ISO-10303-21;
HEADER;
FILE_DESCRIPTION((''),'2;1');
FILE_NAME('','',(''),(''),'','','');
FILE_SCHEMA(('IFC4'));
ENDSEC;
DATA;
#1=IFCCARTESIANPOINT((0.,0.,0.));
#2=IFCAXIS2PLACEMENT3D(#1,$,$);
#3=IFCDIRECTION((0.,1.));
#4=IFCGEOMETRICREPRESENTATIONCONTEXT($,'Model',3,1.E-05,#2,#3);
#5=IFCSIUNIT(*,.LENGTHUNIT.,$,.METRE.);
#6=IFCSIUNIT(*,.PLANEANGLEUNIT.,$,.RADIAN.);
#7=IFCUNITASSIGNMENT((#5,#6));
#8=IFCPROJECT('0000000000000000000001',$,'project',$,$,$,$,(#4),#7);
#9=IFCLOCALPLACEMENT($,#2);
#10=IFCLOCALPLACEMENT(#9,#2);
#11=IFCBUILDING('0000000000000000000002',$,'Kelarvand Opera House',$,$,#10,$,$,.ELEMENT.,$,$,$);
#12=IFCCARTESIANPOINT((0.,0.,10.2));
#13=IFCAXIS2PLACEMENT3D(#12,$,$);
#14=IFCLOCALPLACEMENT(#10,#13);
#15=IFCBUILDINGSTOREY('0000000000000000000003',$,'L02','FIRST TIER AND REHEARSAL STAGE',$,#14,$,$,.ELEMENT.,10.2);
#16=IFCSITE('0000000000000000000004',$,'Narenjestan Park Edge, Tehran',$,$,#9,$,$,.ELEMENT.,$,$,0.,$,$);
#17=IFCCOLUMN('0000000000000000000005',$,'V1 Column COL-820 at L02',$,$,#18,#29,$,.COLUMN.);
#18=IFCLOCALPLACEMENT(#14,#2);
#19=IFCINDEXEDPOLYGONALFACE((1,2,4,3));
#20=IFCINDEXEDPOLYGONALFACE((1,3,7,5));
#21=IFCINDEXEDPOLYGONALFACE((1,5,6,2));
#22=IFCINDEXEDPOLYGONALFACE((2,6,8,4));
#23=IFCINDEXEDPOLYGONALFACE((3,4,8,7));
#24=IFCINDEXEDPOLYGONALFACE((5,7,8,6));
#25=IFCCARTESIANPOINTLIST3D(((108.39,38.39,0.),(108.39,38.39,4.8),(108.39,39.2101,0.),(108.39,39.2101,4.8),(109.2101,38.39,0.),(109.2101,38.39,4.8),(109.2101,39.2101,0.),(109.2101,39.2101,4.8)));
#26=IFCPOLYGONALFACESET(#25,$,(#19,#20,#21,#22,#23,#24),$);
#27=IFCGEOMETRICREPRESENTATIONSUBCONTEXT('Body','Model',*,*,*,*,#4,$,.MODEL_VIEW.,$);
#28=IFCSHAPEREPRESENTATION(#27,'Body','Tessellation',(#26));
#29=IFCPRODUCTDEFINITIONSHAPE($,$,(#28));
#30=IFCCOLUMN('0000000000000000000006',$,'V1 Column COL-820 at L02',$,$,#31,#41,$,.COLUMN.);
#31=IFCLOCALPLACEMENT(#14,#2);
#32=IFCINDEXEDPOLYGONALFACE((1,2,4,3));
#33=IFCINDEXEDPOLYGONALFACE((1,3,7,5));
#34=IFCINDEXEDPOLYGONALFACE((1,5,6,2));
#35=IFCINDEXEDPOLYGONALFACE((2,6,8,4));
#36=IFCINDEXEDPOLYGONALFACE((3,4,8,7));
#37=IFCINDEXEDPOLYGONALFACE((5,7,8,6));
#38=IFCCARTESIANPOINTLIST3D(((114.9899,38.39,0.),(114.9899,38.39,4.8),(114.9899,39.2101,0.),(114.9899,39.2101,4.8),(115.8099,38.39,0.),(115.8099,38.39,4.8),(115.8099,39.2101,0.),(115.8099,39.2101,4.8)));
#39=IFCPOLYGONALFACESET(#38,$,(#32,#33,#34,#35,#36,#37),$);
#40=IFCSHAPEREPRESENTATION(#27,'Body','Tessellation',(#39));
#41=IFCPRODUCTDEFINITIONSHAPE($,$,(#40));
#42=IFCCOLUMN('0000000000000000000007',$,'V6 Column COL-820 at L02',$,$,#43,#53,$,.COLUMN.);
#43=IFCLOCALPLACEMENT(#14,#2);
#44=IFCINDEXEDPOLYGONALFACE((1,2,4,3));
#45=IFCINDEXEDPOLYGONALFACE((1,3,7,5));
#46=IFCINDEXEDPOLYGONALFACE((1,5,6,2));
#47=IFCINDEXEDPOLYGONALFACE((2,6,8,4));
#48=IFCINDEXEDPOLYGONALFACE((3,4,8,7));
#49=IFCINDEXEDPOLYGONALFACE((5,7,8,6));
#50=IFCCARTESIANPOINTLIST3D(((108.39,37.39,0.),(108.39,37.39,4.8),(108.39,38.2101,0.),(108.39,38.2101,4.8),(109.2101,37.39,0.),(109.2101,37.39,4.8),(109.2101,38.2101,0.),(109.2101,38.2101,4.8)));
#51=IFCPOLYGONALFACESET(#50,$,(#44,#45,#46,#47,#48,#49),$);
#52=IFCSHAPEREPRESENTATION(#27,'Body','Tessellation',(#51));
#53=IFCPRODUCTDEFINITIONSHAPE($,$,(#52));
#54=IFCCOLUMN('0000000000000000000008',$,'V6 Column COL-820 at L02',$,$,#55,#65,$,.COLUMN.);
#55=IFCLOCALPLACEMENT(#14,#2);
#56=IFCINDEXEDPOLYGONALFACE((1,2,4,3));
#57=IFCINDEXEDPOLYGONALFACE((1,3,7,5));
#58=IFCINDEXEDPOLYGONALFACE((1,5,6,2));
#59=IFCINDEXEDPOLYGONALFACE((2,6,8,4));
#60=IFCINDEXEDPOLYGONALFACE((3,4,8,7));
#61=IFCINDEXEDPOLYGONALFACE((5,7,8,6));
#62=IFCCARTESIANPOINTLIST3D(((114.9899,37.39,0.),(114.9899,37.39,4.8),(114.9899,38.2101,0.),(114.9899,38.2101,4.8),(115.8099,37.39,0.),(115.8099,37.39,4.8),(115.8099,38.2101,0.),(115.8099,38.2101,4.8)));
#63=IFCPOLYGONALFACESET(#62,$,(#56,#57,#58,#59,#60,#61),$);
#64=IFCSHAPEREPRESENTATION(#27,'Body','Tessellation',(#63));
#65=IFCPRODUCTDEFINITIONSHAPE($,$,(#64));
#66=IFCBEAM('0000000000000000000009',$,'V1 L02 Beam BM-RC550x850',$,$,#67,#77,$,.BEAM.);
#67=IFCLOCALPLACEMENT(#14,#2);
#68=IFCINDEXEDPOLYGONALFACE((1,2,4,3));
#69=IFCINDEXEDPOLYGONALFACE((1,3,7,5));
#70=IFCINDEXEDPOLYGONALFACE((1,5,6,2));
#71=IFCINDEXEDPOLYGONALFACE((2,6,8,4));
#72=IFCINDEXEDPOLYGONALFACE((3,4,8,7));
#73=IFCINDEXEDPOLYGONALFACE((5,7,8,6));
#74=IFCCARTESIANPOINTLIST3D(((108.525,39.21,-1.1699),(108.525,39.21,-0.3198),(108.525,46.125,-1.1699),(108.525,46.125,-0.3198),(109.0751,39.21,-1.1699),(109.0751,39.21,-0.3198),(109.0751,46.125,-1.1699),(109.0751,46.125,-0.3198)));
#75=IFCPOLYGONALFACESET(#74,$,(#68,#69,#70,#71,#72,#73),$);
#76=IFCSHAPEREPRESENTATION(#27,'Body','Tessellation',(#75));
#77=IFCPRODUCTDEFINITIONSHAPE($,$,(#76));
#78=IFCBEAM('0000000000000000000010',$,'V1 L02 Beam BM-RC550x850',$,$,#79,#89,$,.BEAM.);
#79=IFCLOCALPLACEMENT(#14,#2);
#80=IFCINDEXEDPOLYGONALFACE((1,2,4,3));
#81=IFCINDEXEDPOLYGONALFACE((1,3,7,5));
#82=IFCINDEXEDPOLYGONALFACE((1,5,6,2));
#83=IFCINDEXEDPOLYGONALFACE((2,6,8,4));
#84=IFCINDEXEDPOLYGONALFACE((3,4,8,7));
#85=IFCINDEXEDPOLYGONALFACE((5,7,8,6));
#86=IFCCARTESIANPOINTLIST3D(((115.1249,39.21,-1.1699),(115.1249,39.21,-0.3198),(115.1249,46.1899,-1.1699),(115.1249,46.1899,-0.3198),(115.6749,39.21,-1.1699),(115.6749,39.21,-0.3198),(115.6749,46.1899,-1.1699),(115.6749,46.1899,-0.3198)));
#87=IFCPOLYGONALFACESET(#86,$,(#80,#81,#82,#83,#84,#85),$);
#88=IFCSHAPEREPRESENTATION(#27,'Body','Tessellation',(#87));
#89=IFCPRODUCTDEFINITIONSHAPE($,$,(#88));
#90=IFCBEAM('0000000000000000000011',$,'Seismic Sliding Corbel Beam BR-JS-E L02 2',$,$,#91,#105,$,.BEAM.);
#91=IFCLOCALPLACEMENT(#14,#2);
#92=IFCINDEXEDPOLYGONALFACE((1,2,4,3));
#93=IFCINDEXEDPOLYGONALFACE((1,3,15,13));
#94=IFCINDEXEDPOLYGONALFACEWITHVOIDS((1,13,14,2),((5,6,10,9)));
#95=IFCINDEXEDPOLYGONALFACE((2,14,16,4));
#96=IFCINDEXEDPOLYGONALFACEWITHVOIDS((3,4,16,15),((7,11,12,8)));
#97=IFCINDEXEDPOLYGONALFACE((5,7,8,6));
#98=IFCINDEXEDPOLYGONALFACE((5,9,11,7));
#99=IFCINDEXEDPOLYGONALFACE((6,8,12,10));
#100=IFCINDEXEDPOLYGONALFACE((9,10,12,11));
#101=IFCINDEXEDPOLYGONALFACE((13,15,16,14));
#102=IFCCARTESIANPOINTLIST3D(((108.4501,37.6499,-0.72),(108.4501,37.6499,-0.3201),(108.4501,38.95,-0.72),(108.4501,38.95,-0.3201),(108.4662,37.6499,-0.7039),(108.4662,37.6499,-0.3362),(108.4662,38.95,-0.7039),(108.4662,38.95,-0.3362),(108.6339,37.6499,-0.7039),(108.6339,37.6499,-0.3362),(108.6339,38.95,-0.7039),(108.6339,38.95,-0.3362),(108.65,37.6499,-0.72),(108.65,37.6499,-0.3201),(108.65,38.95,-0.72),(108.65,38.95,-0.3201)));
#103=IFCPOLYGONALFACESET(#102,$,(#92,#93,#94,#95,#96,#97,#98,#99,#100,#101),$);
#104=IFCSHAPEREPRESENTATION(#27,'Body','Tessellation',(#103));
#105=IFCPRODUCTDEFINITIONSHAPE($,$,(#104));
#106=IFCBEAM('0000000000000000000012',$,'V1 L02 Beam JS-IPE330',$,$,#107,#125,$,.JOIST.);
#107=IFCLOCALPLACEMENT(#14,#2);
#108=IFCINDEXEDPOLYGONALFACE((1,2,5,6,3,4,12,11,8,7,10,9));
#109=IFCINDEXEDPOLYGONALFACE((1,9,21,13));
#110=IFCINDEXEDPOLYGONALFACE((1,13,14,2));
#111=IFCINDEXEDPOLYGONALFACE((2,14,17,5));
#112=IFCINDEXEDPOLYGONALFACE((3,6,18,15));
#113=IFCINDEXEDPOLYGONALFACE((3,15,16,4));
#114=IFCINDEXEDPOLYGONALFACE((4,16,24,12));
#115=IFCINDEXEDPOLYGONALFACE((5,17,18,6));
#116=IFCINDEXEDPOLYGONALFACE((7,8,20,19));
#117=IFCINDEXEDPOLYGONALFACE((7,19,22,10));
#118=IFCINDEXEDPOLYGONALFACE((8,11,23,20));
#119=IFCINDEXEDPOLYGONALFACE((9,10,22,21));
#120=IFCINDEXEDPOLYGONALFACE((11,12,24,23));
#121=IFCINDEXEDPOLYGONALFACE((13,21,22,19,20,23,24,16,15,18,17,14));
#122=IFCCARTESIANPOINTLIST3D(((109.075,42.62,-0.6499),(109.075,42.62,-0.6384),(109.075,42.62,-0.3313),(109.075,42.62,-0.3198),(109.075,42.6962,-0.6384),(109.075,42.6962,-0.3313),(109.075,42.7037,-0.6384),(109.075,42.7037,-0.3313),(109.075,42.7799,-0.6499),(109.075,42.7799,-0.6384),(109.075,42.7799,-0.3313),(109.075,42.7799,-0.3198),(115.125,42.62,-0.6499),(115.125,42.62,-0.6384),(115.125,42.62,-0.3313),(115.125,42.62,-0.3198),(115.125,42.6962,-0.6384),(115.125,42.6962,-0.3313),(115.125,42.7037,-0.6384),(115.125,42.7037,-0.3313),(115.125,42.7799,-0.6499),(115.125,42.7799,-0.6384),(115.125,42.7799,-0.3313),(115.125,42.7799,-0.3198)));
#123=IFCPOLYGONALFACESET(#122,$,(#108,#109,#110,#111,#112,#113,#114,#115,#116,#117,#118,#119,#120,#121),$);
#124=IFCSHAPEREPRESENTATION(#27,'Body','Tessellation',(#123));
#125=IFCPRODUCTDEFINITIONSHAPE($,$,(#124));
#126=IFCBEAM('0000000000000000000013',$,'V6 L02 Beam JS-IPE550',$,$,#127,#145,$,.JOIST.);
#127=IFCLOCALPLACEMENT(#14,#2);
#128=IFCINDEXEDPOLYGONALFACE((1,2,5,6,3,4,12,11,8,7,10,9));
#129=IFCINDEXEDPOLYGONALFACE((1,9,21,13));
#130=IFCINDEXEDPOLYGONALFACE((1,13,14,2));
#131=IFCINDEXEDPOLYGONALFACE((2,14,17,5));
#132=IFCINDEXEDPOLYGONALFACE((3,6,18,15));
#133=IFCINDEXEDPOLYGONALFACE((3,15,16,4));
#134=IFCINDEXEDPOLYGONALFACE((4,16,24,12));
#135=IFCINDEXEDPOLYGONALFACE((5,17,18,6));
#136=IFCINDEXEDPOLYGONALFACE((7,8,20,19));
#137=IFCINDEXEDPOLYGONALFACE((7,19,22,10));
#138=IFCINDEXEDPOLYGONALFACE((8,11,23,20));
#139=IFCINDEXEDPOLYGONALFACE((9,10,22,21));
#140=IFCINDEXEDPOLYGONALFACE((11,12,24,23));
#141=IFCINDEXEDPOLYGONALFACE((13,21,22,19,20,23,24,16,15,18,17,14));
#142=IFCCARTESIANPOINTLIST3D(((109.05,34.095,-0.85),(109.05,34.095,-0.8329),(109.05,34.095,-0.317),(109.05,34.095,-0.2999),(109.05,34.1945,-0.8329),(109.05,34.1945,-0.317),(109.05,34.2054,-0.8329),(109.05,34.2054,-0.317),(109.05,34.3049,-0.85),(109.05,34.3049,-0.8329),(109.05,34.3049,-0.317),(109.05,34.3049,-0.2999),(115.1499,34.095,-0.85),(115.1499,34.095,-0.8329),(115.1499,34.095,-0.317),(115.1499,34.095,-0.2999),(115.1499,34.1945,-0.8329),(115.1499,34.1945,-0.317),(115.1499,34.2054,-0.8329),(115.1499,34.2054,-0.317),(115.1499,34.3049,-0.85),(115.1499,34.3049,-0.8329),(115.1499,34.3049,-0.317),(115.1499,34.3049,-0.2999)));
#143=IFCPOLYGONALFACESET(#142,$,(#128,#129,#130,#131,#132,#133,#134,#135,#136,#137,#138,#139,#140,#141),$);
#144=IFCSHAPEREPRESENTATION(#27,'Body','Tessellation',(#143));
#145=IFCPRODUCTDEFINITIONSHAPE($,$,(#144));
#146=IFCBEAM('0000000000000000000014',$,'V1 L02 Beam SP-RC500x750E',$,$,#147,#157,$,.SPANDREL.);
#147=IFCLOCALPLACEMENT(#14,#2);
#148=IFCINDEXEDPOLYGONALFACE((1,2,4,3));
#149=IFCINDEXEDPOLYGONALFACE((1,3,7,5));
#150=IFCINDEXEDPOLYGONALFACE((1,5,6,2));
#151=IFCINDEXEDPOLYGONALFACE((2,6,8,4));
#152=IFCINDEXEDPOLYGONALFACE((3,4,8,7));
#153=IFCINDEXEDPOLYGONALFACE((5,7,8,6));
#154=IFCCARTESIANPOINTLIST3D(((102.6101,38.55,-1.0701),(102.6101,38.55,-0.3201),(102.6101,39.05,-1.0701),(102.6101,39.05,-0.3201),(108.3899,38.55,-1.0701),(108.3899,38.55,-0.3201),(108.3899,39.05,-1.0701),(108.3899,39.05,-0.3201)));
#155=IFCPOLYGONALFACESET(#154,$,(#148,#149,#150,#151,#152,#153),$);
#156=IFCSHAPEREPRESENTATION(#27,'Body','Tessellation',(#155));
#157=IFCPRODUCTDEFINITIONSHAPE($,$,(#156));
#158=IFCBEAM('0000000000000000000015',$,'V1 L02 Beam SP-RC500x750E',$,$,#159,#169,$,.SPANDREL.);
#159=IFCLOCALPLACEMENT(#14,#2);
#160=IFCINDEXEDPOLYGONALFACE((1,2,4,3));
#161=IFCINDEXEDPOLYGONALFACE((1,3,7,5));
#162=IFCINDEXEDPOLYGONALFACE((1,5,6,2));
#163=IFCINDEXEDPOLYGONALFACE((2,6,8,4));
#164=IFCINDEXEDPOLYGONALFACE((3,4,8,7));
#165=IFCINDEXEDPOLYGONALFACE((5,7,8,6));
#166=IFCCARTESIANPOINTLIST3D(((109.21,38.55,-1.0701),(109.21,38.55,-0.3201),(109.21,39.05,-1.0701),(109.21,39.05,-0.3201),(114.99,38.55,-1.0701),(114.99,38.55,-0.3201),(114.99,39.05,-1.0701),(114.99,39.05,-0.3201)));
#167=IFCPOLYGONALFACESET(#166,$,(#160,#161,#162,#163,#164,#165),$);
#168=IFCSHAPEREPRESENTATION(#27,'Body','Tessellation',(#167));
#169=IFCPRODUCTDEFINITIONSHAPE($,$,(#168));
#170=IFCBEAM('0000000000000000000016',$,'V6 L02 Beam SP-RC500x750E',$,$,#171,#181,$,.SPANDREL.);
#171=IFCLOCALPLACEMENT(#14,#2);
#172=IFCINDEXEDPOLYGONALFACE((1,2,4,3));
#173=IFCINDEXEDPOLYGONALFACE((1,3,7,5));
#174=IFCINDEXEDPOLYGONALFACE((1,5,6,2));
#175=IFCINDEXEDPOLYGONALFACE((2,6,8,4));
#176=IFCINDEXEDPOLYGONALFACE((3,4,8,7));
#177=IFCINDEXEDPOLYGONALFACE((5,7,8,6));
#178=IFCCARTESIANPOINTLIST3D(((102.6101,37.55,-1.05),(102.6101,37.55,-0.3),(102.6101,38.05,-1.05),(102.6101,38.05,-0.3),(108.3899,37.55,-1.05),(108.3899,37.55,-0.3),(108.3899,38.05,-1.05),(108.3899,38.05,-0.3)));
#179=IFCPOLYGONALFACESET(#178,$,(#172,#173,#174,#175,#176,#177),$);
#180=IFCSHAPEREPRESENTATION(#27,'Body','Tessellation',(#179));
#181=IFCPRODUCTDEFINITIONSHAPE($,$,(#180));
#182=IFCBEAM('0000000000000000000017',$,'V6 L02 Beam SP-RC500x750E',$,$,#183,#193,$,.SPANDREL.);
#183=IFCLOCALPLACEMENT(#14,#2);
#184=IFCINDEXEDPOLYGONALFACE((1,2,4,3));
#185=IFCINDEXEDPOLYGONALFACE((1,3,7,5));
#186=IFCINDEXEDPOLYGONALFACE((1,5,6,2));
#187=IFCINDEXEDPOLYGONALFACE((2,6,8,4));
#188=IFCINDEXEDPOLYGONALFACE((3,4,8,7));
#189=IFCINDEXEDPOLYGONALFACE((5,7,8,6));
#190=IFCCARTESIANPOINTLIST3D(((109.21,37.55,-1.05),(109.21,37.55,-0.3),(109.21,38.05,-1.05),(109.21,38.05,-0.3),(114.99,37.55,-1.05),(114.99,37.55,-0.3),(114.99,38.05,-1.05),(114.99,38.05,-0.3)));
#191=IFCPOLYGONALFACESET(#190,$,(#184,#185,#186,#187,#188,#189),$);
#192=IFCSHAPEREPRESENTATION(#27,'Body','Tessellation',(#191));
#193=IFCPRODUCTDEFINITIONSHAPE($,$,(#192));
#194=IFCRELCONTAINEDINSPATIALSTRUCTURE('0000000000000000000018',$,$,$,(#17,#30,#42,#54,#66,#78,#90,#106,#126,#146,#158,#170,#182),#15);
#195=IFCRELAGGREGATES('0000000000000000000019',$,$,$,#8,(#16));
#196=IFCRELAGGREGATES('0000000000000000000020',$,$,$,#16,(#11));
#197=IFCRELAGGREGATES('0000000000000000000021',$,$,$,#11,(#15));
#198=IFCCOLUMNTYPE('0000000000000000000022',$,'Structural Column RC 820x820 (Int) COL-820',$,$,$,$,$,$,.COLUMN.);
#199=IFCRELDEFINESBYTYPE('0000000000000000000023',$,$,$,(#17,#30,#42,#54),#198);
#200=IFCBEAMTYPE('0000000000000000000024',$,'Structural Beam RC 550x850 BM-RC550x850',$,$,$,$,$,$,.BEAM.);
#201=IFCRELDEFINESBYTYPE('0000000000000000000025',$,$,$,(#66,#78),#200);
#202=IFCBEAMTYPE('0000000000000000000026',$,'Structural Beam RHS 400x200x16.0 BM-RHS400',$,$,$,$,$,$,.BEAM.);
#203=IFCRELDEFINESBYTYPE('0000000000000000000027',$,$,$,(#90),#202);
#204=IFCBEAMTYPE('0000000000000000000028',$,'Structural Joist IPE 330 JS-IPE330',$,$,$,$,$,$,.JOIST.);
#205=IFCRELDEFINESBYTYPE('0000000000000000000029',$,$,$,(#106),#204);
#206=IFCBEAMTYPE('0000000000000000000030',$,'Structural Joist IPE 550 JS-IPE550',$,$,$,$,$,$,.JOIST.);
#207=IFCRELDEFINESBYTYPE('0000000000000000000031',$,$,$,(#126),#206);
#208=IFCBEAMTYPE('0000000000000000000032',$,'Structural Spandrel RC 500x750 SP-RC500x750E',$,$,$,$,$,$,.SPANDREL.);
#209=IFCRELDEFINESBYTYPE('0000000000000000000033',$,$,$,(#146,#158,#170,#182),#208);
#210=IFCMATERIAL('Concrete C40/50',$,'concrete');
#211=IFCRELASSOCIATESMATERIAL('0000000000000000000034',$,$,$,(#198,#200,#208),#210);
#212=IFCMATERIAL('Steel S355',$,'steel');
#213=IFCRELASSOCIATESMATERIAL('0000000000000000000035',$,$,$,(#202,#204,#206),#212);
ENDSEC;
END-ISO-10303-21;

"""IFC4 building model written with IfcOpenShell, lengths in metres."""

from ifc_helpers import new_model, si_unit, direction, frame, origin, origin_2d, place, context, subcontext, project, spatial, rectangle, hollow_rectangle, i_section, extrude, material, material_profile, profile_set, type_object, element, save


model = new_model("IFC4")

# Units and contexts
model_context = context("Model", 3, precision=1e-05, world=origin(), true_north=direction((0.0, 1.0)))
body_context = subcontext(model_context, "Body", "Model", "MODEL_VIEW")
ifc_project = project(units=[si_unit("LENGTHUNIT", "METRE"), si_unit("PLANEANGLEUNIT", "RADIAN")], contexts=[model_context])

# Site, building, storey
site_placement = place(None, origin())
site = spatial("IfcSite", under=ifc_project, at=site_placement, Name="Narenjestan Park Edge, Tehran", CompositionType="ELEMENT", RefElevation=0.0)
building_placement = place(site_placement, origin())
building = spatial("IfcBuilding", under=site, at=building_placement, Name="Kelarvand Opera House", CompositionType="ELEMENT")
storey_placement = place(building_placement, frame((0.0, 0.0, 10.2)))
storey = spatial("IfcBuildingStorey", under=building, at=storey_placement, Name="L02", Description="FIRST TIER AND REHEARSAL STAGE", CompositionType="ELEMENT", Elevation=10.2)

# Columns
ifc_material_1 = material(Name="Concrete C40/50", Category="concrete")
ifc_material_profile_1 = material_profile(ifc_material_1, rectangle(XDim=0.8201, YDim=0.8201, at=origin_2d()), Name="RC 820x820", Category="concrete")
ifc_profile_set_1 = profile_set([ifc_material_profile_1], Name="Concrete C40/50")
column_type = type_object("IfcColumnType", Name="Structural Column RC 820x820 (Int) COL-820", PredefinedType="COLUMN", material=ifc_profile_set_1)
for number, where, z_axis, x_axis, name in (
    (1, (108.8, 38.8, 0.0), (0.0, 0.0, 1.0), (1.0, 0.0, 0.0), "V1 Column COL-820 at L02"),
    (2, (115.3999, 38.8, 0.0), (0.0, 0.0, 1.0), (1.0, 0.0, 0.0), "V1 Column COL-820 at L02"),
    (3, (108.8, 37.8, 0.0), (0.0, 0.0, 1.0), (1.0, 0.0, 0.0), "V6 Column COL-820 at L02"),
    (4, (115.3999, 37.8, 0.0), (0.0, 0.0, 1.0), (1.0, 0.0, 0.0), "V6 Column COL-820 at L02"),
):
    element("IfcColumn", number, at=place(storey_placement, frame(where, z_axis=z_axis, x_axis=x_axis)), inside=storey, type_object=column_type, Name=name, PredefinedType="COLUMN", context=body_context, shape_type="SweptSolid", body=[
        extrude(rectangle(XDim=0.8201, YDim=0.8201, at=origin_2d()), origin(), (0.0, 0.0, 1.0), 4.8),
    ])

# Beams
ifc_material_profile_2 = material_profile(ifc_material_1, rectangle(XDim=0.55, YDim=0.8501, at=origin_2d()), Name="RC 550x850", Category="concrete")
ifc_profile_set_2 = profile_set([ifc_material_profile_2], Name="Concrete C40/50")
beam_type_1 = type_object("IfcBeamType", Name="Structural Beam RC 550x850 BM-RC550x850", PredefinedType="BEAM", material=ifc_profile_set_2)
beam_1_placement = place(storey_placement, frame((108.8, 39.21, -0.7449), z_axis=(0.0, 1.0, 0.0), x_axis=(-1.0, 0.0, 0.0)))
element("IfcBeam", 5, at=beam_1_placement, inside=storey, type_object=beam_type_1, Name="V1 L02 Beam BM-RC550x850", PredefinedType="BEAM", context=body_context, shape_type="SweptSolid", body=[
    extrude(rectangle(XDim=0.55, YDim=0.8501, at=origin_2d()), origin(), (0.0, 0.0, 1.0), 6.915),
])
beam_2_placement = place(storey_placement, frame((115.3999, 39.21, -0.7449), z_axis=(0.0, 1.0, 0.0), x_axis=(-1.0, 0.0, 0.0)))
element("IfcBeam", 6, at=beam_2_placement, inside=storey, type_object=beam_type_1, Name="V1 L02 Beam BM-RC550x850", PredefinedType="BEAM", context=body_context, shape_type="SweptSolid", body=[
    extrude(rectangle(XDim=0.55, YDim=0.8501, at=origin_2d()), origin(), (0.0, 0.0, 1.0), 6.98),
])
ifc_material_2 = material(Name="Steel S355", Category="steel")
ifc_material_profile_3 = material_profile(ifc_material_2, hollow_rectangle(XDim=0.2, YDim=0.3999, WallThickness=0.0161, at=origin_2d()), Name="RHS 400x200x16.0", Category="steel")
ifc_profile_set_3 = profile_set([ifc_material_profile_3], Name="Steel S355")
beam_type_2 = type_object("IfcBeamType", Name="Structural Beam RHS 400x200x16.0 BM-RHS400", PredefinedType="BEAM", material=ifc_profile_set_3)
beam_3_placement = place(storey_placement, frame((108.55, 37.6499, -0.52), z_axis=(0.0, 1.0, 0.0), x_axis=(-1.0, 0.0, 0.0)))
element("IfcBeam", 7, at=beam_3_placement, inside=storey, type_object=beam_type_2, Name="Seismic Sliding Corbel Beam BR-JS-E L02 2", PredefinedType="BEAM", context=body_context, shape_type="SweptSolid", body=[
    extrude(hollow_rectangle(XDim=0.2, YDim=0.3999, WallThickness=0.0161, at=origin_2d()), origin(), (0.0, 0.0, 1.0), 1.3),
])
ifc_material_profile_4 = material_profile(ifc_material_2, i_section(OverallWidth=0.1599, OverallDepth=0.3301, WebThickness=0.0076, FlangeThickness=0.0115, at=origin_2d()), Name="IPE 330", Category="steel")
ifc_profile_set_4 = profile_set([ifc_material_profile_4], Name="Steel S355")
beam_type_3 = type_object("IfcBeamType", Name="Structural Joist IPE 330 JS-IPE330", PredefinedType="JOIST", material=ifc_profile_set_4)
beam_4_placement = place(storey_placement, frame((109.075, 42.7, -0.4849), z_axis=(1.0, 0.0, 0.0), x_axis=(0.0, 1.0, 0.0)))
element("IfcBeam", 8, at=beam_4_placement, inside=storey, type_object=beam_type_3, Name="V1 L02 Beam JS-IPE330", PredefinedType="JOIST", context=body_context, shape_type="SweptSolid", body=[
    extrude(i_section(OverallWidth=0.1599, OverallDepth=0.3301, WebThickness=0.0076, FlangeThickness=0.0115, at=origin_2d()), origin(), (0.0, 0.0, 1.0), 6.05),
])
ifc_material_profile_5 = material_profile(ifc_material_2, i_section(OverallWidth=0.21, OverallDepth=0.55, WebThickness=0.011, FlangeThickness=0.0171, at=origin_2d()), Name="IPE 550", Category="steel")
ifc_profile_set_5 = profile_set([ifc_material_profile_5], Name="Steel S355")
beam_type_4 = type_object("IfcBeamType", Name="Structural Joist IPE 550 JS-IPE550", PredefinedType="JOIST", material=ifc_profile_set_5)
beam_5_placement = place(storey_placement, frame((109.05, 34.2, -0.575), z_axis=(1.0, 0.0, 0.0), x_axis=(0.0, 1.0, 0.0)))
element("IfcBeam", 9, at=beam_5_placement, inside=storey, type_object=beam_type_4, Name="V6 L02 Beam JS-IPE550", PredefinedType="JOIST", context=body_context, shape_type="SweptSolid", body=[
    extrude(i_section(OverallWidth=0.21, OverallDepth=0.55, WebThickness=0.011, FlangeThickness=0.0171, at=origin_2d()), origin(), (0.0, 0.0, 1.0), 6.0999),
])
ifc_material_profile_6 = material_profile(ifc_material_1, rectangle(XDim=0.5, YDim=0.75, at=origin_2d()), Name="RC 500x750", Category="concrete")
ifc_profile_set_6 = profile_set([ifc_material_profile_6], Name="Concrete C40/50")
beam_type_5 = type_object("IfcBeamType", Name="Structural Spandrel RC 500x750 SP-RC500x750E", PredefinedType="SPANDREL", material=ifc_profile_set_6)
beam_6_placement = place(storey_placement, frame((102.6101, 38.8, -0.6951), z_axis=(1.0, 0.0, 0.0), x_axis=(0.0, 1.0, 0.0)))
element("IfcBeam", 10, at=beam_6_placement, inside=storey, type_object=beam_type_5, Name="V1 L02 Beam SP-RC500x750E", PredefinedType="SPANDREL", context=body_context, shape_type="SweptSolid", body=[
    extrude(rectangle(XDim=0.5, YDim=0.75, at=origin_2d()), origin(), (0.0, 0.0, 1.0), 5.7798),
])
beam_7_placement = place(storey_placement, frame((109.21, 38.8, -0.6951), z_axis=(1.0, 0.0, 0.0), x_axis=(0.0, 1.0, 0.0)))
element("IfcBeam", 11, at=beam_7_placement, inside=storey, type_object=beam_type_5, Name="V1 L02 Beam SP-RC500x750E", PredefinedType="SPANDREL", context=body_context, shape_type="SweptSolid", body=[
    extrude(rectangle(XDim=0.5, YDim=0.75, at=origin_2d()), origin(), (0.0, 0.0, 1.0), 5.78),
])
beam_8_placement = place(storey_placement, frame((102.6101, 37.8, -0.675), z_axis=(1.0, 0.0, 0.0), x_axis=(0.0, 1.0, 0.0)))
element("IfcBeam", 12, at=beam_8_placement, inside=storey, type_object=beam_type_5, Name="V6 L02 Beam SP-RC500x750E", PredefinedType="SPANDREL", context=body_context, shape_type="SweptSolid", body=[
    extrude(rectangle(XDim=0.5, YDim=0.75, at=origin_2d()), origin(), (0.0, 0.0, 1.0), 5.7798),
])
beam_9_placement = place(storey_placement, frame((109.21, 37.8, -0.675), z_axis=(1.0, 0.0, 0.0), x_axis=(0.0, 1.0, 0.0)))
element("IfcBeam", 13, at=beam_9_placement, inside=storey, type_object=beam_type_5, Name="V6 L02 Beam SP-RC500x750E", PredefinedType="SPANDREL", context=body_context, shape_type="SweptSolid", body=[
    extrude(rectangle(XDim=0.5, YDim=0.75, at=origin_2d()), origin(), (0.0, 0.0, 1.0), 5.78),
])

save(model, "model.ifc")
